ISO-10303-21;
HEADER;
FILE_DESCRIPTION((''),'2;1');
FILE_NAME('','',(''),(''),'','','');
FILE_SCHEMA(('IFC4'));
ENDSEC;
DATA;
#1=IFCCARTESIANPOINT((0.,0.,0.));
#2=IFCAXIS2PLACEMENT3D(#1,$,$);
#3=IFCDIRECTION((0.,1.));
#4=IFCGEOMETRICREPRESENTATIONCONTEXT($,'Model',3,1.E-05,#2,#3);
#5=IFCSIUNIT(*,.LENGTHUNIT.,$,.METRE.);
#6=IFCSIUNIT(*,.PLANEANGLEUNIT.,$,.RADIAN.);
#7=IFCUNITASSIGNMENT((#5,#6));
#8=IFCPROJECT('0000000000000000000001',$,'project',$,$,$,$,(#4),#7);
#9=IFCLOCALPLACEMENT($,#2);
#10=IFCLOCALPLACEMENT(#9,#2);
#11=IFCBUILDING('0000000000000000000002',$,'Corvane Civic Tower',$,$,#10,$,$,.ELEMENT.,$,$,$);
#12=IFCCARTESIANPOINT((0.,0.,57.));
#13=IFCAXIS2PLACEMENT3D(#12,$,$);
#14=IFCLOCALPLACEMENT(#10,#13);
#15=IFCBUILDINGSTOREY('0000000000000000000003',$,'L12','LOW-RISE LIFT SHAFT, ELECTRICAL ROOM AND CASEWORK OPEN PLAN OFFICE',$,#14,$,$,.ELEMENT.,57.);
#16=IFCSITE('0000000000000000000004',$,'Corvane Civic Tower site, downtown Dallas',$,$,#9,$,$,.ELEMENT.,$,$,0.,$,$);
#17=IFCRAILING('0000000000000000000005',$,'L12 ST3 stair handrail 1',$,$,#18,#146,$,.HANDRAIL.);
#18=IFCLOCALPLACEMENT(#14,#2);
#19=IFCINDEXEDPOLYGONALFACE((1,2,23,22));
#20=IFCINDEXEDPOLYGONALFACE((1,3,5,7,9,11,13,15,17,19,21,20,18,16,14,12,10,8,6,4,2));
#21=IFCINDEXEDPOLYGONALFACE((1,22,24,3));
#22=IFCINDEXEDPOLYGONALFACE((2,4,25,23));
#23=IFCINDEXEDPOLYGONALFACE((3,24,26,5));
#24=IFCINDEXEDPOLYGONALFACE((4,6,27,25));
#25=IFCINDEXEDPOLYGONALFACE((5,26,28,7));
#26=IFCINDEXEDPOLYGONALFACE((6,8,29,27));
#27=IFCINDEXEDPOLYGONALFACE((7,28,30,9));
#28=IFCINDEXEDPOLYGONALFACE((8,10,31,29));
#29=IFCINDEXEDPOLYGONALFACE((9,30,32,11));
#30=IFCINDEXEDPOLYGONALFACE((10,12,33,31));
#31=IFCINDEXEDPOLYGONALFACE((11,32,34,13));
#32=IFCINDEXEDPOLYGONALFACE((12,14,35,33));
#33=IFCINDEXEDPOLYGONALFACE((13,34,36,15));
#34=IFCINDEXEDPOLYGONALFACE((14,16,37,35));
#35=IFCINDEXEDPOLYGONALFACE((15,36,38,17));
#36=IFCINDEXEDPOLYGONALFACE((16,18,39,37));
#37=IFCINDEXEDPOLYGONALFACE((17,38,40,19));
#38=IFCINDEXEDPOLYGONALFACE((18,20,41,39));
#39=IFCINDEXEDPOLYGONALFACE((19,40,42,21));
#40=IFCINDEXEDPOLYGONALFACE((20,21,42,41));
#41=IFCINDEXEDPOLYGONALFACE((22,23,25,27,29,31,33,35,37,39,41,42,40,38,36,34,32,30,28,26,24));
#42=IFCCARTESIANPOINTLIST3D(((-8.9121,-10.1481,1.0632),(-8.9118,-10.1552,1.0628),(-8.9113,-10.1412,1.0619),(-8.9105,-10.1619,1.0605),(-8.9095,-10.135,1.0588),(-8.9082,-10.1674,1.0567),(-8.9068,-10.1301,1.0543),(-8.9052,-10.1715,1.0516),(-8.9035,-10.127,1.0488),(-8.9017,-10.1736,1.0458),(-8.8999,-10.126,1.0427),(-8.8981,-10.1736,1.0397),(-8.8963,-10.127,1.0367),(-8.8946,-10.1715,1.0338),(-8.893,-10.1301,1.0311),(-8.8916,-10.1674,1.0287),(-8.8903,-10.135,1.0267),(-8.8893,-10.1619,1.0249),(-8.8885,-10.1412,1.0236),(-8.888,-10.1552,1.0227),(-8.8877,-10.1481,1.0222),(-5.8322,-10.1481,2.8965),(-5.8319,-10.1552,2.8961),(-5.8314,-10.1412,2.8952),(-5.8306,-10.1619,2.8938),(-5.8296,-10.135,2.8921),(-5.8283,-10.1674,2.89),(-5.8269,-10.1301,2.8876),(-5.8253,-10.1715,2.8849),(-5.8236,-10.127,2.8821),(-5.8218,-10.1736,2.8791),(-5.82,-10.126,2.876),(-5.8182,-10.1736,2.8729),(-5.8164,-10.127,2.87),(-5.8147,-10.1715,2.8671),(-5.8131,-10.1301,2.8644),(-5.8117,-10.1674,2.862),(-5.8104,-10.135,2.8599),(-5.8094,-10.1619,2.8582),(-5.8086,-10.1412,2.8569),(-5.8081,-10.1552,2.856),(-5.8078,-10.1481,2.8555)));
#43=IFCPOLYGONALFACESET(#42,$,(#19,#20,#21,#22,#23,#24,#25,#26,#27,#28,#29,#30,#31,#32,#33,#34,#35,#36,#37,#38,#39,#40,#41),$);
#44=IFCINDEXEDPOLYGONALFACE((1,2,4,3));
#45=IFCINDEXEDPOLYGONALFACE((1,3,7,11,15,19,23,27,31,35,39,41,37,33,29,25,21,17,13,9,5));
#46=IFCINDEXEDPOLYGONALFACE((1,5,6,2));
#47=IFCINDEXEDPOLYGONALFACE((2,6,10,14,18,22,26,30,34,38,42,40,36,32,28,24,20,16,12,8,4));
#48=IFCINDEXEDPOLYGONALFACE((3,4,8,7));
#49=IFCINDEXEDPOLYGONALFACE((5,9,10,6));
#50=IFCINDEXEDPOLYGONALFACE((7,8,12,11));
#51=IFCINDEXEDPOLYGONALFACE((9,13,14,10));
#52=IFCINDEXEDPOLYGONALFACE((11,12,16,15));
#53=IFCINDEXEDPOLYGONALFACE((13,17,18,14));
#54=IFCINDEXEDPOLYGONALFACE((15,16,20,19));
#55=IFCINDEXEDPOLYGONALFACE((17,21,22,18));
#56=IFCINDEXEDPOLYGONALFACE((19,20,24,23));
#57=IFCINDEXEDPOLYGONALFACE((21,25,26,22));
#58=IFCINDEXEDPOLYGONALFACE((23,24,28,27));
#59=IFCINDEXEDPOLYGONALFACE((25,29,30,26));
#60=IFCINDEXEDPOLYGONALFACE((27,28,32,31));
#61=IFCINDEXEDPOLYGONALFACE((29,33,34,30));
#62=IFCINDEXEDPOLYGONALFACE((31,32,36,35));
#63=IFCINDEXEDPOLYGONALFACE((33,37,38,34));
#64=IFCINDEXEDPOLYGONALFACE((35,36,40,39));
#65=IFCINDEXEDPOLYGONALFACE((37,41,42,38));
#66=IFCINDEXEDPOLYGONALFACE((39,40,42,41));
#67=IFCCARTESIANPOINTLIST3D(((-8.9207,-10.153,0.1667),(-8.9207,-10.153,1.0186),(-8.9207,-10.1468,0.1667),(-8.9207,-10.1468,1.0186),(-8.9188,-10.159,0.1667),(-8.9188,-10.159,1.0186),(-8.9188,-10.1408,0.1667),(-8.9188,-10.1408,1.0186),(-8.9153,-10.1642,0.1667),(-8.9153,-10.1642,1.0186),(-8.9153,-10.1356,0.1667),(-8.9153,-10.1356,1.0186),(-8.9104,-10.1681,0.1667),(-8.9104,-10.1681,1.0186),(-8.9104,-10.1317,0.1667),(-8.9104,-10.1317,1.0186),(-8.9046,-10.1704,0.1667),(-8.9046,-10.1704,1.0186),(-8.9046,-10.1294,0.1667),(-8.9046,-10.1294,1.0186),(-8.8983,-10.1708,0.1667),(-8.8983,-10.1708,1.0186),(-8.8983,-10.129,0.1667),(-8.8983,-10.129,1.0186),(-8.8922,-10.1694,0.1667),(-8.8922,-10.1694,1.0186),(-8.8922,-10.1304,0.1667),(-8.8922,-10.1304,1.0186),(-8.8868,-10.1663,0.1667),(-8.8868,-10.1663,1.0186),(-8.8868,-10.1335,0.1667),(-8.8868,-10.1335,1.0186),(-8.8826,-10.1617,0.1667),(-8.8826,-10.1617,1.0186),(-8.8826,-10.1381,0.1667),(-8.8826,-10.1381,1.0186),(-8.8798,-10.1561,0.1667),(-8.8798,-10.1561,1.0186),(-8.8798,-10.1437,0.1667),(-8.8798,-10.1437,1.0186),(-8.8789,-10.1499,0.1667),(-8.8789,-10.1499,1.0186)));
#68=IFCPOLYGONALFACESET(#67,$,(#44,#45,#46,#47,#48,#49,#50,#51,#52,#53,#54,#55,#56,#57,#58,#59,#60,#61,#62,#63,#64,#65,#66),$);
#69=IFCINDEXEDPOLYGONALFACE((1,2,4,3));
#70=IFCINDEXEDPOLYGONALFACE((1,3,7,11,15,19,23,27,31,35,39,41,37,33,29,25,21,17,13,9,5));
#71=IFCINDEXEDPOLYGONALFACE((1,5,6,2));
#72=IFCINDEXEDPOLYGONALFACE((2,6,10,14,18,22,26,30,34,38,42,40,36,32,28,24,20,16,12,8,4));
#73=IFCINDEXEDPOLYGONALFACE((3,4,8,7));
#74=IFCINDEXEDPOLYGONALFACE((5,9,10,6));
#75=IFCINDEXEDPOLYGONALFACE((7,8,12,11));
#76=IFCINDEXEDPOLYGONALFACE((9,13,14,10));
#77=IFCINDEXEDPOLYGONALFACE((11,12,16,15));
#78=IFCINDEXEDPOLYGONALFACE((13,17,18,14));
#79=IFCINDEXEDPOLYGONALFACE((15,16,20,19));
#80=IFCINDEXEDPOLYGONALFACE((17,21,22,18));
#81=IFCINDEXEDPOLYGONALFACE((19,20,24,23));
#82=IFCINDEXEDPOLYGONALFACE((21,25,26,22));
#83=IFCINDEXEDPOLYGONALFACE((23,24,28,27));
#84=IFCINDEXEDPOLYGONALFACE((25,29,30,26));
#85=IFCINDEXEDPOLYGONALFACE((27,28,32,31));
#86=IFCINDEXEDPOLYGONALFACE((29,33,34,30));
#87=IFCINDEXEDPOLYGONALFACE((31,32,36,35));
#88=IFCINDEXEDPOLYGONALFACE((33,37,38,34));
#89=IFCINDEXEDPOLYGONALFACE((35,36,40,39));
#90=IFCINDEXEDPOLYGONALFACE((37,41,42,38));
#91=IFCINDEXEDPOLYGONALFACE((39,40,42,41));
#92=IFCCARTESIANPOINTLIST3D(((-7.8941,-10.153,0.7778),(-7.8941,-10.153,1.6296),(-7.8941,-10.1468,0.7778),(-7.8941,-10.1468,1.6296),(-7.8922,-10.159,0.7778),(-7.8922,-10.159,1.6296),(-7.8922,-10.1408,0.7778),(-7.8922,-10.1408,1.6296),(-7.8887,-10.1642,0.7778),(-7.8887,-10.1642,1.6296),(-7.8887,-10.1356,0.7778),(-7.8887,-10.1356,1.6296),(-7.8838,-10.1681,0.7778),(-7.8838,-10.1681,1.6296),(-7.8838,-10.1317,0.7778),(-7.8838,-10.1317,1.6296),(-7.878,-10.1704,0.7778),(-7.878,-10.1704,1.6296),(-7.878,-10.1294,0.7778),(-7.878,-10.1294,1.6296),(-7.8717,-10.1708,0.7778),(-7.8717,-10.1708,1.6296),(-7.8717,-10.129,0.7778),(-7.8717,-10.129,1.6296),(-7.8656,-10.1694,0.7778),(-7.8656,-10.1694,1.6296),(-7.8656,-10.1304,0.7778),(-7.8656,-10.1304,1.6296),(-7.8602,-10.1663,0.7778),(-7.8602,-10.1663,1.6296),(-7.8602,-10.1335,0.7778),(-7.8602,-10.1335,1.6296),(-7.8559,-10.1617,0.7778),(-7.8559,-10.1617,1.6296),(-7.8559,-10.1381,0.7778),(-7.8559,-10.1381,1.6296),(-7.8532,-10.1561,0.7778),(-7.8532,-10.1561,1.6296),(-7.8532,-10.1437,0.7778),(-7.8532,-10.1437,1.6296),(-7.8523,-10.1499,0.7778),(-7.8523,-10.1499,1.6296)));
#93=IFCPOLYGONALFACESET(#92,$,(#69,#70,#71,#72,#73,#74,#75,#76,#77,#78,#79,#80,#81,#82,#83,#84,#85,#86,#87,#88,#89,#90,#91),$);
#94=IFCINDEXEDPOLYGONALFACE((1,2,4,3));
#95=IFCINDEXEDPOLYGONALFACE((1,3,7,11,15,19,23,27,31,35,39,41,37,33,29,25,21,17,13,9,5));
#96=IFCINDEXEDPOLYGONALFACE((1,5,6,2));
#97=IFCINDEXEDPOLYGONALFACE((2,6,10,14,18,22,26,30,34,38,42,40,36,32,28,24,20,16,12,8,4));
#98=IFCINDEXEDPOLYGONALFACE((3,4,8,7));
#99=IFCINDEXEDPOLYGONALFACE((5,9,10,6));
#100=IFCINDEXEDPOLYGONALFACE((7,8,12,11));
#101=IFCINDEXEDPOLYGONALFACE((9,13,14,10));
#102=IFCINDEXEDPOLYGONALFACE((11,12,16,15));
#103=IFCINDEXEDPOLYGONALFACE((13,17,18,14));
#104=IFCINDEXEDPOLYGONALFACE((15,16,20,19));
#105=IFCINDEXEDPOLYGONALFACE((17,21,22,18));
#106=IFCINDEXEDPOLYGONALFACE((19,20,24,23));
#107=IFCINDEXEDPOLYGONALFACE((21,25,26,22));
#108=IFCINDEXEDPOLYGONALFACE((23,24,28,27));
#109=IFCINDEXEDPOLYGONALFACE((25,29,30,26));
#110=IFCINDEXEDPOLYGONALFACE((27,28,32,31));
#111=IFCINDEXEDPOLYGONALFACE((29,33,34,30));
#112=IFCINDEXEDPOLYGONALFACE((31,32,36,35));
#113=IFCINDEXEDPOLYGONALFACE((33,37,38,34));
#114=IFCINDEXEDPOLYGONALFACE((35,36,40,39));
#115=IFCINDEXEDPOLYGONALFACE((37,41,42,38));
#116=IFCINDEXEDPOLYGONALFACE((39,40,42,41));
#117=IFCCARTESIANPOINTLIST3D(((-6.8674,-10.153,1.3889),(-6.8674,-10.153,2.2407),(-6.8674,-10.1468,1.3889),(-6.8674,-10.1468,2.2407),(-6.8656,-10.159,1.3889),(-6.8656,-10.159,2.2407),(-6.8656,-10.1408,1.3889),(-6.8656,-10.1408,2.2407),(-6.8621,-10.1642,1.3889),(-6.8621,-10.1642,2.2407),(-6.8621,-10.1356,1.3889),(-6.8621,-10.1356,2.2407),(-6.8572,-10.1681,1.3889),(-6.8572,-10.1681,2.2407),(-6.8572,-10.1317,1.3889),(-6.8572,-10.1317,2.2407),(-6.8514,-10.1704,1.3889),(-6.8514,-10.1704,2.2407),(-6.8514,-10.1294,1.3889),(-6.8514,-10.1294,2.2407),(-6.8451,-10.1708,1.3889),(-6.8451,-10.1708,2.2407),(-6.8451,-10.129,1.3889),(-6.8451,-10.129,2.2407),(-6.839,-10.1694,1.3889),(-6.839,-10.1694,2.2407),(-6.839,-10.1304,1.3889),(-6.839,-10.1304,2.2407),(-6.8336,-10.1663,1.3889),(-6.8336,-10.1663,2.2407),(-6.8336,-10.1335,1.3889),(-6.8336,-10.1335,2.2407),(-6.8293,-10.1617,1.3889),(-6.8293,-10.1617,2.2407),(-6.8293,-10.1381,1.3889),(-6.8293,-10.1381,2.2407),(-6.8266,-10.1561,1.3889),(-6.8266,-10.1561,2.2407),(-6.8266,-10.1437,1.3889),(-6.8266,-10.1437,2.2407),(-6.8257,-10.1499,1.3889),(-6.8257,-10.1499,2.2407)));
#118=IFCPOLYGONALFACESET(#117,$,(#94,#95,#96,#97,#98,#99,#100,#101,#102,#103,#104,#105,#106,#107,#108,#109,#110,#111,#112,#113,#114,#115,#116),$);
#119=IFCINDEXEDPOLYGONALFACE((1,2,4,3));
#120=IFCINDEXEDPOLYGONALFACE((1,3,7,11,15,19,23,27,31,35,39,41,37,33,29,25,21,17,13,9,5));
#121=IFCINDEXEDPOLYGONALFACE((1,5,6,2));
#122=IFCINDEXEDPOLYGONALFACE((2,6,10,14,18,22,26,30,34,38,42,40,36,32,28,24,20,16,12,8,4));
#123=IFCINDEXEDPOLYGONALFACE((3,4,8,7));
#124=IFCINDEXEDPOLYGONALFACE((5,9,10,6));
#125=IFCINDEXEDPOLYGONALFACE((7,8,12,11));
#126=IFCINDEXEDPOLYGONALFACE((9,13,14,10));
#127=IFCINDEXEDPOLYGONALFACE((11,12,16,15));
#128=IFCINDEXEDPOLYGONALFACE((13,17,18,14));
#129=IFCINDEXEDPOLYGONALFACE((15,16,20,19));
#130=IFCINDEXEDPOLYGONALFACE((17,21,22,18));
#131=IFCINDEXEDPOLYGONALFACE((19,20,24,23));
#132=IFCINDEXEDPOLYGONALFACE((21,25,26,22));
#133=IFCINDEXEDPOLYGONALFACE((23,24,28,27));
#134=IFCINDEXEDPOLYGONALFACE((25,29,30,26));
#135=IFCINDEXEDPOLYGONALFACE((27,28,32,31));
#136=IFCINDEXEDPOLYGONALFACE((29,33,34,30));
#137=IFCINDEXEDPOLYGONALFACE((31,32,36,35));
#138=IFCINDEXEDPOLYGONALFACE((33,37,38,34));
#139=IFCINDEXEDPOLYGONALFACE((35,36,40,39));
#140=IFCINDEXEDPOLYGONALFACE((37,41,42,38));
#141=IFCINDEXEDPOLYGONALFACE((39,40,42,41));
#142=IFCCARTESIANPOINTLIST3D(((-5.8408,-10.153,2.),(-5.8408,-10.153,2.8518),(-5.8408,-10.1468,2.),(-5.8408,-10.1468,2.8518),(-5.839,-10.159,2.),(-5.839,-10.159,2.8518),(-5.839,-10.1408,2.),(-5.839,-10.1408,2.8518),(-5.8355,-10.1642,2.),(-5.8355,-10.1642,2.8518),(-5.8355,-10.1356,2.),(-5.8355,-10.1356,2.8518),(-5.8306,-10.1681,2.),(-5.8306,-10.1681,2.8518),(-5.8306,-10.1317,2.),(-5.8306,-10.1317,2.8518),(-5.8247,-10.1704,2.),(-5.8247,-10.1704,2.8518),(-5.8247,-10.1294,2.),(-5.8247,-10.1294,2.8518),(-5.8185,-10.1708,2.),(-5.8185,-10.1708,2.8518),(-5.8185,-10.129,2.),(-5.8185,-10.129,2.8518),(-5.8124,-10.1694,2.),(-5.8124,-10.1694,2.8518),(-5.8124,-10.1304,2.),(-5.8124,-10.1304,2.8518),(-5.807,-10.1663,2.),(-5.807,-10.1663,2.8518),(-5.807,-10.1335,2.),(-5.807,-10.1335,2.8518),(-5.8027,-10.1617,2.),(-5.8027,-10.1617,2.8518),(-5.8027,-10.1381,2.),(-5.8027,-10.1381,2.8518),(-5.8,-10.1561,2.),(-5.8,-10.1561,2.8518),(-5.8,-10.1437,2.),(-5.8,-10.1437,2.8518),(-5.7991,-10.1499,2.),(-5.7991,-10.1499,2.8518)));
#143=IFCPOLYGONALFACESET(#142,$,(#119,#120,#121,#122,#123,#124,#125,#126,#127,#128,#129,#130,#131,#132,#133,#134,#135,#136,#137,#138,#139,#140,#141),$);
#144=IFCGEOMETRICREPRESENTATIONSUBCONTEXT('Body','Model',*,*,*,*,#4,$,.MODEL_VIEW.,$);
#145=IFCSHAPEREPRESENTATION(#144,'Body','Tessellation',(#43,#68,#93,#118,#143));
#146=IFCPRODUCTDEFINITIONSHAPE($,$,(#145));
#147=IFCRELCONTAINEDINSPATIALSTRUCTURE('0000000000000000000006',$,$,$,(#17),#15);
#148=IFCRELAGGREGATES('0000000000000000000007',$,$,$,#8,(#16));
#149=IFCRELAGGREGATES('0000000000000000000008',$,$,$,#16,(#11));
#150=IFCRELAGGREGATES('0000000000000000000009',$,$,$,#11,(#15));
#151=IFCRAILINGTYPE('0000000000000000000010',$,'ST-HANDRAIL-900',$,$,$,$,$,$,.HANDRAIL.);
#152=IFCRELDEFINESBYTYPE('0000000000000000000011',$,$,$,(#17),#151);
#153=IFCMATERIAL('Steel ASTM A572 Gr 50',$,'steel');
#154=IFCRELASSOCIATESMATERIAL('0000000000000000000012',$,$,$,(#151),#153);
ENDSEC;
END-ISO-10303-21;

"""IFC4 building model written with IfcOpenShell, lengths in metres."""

from ifc_helpers import new_model, si_unit, direction, frame, origin, origin_2d, place, context, subcontext, project, spatial, circle, extrude, material, type_object, element, save


model = new_model("IFC4")

# Units and contexts
model_context = context("Model", 3, precision=1e-05, world=origin(), true_north=direction((0.0, 1.0)))
body_context = subcontext(model_context, "Body", "Model", "MODEL_VIEW")
ifc_project = project(units=[si_unit("LENGTHUNIT", "METRE"), si_unit("PLANEANGLEUNIT", "RADIAN")], contexts=[model_context])

# Site, building, storey
site_placement = place(None, origin())
site = spatial("IfcSite", under=ifc_project, at=site_placement, Name="Corvane Civic Tower site, downtown Dallas", CompositionType="ELEMENT", RefElevation=0.0)
building_placement = place(site_placement, origin())
building = spatial("IfcBuilding", under=site, at=building_placement, Name="Corvane Civic Tower", CompositionType="ELEMENT")
storey_placement = place(building_placement, frame((0.0, 0.0, 57.0)))
storey = spatial("IfcBuildingStorey", under=building, at=storey_placement, Name="L12", Description="LOW-RISE LIFT SHAFT, ELECTRICAL ROOM AND CASEWORK OPEN PLAN OFFICE", CompositionType="ELEMENT", Elevation=57.0)

# Railing
ifc_material_1 = material(Name="Steel ASTM A572 Gr 50", Category="steel")
railing_type = type_object("IfcRailingType", Name="ST-HANDRAIL-900", PredefinedType="HANDRAIL", material=ifc_material_1)
railing_1_placement = place(storey_placement, frame((-8.8999, -10.1499, 0.1667)))
element("IfcRailing", 1, at=railing_1_placement, inside=storey, type_object=railing_type, Name="L12 ST3 stair handrail 1", PredefinedType="HANDRAIL", context=body_context, shape_type="SweptSolid", body=[
    extrude(circle(Radius=0.0239, at=origin_2d()), frame((0.0, 0.0, 0.876), z_axis=(0.859291, 0.0, 0.511487), x_axis=(0.0, 1.0, 0.0)), (0.0, 0.0, 1.0), 3.5842),
    extrude(circle(Radius=0.021, at=origin_2d()), origin(), (0.0, 0.0, 1.0), 0.8518),
    extrude(circle(Radius=0.021, at=origin_2d()), frame((1.0266, 0.0, 0.6111)), (0.0, 0.0, 1.0), 0.8518),
    extrude(circle(Radius=0.021, at=origin_2d()), frame((2.0532, 0.0, 1.2222)), (0.0, 0.0, 1.0), 0.8518),
    extrude(circle(Radius=0.021, at=origin_2d()), frame((3.0798, 0.0, 1.8333)), (0.0, 0.0, 1.0), 0.8518),
])

save(model, "model.ifc")
